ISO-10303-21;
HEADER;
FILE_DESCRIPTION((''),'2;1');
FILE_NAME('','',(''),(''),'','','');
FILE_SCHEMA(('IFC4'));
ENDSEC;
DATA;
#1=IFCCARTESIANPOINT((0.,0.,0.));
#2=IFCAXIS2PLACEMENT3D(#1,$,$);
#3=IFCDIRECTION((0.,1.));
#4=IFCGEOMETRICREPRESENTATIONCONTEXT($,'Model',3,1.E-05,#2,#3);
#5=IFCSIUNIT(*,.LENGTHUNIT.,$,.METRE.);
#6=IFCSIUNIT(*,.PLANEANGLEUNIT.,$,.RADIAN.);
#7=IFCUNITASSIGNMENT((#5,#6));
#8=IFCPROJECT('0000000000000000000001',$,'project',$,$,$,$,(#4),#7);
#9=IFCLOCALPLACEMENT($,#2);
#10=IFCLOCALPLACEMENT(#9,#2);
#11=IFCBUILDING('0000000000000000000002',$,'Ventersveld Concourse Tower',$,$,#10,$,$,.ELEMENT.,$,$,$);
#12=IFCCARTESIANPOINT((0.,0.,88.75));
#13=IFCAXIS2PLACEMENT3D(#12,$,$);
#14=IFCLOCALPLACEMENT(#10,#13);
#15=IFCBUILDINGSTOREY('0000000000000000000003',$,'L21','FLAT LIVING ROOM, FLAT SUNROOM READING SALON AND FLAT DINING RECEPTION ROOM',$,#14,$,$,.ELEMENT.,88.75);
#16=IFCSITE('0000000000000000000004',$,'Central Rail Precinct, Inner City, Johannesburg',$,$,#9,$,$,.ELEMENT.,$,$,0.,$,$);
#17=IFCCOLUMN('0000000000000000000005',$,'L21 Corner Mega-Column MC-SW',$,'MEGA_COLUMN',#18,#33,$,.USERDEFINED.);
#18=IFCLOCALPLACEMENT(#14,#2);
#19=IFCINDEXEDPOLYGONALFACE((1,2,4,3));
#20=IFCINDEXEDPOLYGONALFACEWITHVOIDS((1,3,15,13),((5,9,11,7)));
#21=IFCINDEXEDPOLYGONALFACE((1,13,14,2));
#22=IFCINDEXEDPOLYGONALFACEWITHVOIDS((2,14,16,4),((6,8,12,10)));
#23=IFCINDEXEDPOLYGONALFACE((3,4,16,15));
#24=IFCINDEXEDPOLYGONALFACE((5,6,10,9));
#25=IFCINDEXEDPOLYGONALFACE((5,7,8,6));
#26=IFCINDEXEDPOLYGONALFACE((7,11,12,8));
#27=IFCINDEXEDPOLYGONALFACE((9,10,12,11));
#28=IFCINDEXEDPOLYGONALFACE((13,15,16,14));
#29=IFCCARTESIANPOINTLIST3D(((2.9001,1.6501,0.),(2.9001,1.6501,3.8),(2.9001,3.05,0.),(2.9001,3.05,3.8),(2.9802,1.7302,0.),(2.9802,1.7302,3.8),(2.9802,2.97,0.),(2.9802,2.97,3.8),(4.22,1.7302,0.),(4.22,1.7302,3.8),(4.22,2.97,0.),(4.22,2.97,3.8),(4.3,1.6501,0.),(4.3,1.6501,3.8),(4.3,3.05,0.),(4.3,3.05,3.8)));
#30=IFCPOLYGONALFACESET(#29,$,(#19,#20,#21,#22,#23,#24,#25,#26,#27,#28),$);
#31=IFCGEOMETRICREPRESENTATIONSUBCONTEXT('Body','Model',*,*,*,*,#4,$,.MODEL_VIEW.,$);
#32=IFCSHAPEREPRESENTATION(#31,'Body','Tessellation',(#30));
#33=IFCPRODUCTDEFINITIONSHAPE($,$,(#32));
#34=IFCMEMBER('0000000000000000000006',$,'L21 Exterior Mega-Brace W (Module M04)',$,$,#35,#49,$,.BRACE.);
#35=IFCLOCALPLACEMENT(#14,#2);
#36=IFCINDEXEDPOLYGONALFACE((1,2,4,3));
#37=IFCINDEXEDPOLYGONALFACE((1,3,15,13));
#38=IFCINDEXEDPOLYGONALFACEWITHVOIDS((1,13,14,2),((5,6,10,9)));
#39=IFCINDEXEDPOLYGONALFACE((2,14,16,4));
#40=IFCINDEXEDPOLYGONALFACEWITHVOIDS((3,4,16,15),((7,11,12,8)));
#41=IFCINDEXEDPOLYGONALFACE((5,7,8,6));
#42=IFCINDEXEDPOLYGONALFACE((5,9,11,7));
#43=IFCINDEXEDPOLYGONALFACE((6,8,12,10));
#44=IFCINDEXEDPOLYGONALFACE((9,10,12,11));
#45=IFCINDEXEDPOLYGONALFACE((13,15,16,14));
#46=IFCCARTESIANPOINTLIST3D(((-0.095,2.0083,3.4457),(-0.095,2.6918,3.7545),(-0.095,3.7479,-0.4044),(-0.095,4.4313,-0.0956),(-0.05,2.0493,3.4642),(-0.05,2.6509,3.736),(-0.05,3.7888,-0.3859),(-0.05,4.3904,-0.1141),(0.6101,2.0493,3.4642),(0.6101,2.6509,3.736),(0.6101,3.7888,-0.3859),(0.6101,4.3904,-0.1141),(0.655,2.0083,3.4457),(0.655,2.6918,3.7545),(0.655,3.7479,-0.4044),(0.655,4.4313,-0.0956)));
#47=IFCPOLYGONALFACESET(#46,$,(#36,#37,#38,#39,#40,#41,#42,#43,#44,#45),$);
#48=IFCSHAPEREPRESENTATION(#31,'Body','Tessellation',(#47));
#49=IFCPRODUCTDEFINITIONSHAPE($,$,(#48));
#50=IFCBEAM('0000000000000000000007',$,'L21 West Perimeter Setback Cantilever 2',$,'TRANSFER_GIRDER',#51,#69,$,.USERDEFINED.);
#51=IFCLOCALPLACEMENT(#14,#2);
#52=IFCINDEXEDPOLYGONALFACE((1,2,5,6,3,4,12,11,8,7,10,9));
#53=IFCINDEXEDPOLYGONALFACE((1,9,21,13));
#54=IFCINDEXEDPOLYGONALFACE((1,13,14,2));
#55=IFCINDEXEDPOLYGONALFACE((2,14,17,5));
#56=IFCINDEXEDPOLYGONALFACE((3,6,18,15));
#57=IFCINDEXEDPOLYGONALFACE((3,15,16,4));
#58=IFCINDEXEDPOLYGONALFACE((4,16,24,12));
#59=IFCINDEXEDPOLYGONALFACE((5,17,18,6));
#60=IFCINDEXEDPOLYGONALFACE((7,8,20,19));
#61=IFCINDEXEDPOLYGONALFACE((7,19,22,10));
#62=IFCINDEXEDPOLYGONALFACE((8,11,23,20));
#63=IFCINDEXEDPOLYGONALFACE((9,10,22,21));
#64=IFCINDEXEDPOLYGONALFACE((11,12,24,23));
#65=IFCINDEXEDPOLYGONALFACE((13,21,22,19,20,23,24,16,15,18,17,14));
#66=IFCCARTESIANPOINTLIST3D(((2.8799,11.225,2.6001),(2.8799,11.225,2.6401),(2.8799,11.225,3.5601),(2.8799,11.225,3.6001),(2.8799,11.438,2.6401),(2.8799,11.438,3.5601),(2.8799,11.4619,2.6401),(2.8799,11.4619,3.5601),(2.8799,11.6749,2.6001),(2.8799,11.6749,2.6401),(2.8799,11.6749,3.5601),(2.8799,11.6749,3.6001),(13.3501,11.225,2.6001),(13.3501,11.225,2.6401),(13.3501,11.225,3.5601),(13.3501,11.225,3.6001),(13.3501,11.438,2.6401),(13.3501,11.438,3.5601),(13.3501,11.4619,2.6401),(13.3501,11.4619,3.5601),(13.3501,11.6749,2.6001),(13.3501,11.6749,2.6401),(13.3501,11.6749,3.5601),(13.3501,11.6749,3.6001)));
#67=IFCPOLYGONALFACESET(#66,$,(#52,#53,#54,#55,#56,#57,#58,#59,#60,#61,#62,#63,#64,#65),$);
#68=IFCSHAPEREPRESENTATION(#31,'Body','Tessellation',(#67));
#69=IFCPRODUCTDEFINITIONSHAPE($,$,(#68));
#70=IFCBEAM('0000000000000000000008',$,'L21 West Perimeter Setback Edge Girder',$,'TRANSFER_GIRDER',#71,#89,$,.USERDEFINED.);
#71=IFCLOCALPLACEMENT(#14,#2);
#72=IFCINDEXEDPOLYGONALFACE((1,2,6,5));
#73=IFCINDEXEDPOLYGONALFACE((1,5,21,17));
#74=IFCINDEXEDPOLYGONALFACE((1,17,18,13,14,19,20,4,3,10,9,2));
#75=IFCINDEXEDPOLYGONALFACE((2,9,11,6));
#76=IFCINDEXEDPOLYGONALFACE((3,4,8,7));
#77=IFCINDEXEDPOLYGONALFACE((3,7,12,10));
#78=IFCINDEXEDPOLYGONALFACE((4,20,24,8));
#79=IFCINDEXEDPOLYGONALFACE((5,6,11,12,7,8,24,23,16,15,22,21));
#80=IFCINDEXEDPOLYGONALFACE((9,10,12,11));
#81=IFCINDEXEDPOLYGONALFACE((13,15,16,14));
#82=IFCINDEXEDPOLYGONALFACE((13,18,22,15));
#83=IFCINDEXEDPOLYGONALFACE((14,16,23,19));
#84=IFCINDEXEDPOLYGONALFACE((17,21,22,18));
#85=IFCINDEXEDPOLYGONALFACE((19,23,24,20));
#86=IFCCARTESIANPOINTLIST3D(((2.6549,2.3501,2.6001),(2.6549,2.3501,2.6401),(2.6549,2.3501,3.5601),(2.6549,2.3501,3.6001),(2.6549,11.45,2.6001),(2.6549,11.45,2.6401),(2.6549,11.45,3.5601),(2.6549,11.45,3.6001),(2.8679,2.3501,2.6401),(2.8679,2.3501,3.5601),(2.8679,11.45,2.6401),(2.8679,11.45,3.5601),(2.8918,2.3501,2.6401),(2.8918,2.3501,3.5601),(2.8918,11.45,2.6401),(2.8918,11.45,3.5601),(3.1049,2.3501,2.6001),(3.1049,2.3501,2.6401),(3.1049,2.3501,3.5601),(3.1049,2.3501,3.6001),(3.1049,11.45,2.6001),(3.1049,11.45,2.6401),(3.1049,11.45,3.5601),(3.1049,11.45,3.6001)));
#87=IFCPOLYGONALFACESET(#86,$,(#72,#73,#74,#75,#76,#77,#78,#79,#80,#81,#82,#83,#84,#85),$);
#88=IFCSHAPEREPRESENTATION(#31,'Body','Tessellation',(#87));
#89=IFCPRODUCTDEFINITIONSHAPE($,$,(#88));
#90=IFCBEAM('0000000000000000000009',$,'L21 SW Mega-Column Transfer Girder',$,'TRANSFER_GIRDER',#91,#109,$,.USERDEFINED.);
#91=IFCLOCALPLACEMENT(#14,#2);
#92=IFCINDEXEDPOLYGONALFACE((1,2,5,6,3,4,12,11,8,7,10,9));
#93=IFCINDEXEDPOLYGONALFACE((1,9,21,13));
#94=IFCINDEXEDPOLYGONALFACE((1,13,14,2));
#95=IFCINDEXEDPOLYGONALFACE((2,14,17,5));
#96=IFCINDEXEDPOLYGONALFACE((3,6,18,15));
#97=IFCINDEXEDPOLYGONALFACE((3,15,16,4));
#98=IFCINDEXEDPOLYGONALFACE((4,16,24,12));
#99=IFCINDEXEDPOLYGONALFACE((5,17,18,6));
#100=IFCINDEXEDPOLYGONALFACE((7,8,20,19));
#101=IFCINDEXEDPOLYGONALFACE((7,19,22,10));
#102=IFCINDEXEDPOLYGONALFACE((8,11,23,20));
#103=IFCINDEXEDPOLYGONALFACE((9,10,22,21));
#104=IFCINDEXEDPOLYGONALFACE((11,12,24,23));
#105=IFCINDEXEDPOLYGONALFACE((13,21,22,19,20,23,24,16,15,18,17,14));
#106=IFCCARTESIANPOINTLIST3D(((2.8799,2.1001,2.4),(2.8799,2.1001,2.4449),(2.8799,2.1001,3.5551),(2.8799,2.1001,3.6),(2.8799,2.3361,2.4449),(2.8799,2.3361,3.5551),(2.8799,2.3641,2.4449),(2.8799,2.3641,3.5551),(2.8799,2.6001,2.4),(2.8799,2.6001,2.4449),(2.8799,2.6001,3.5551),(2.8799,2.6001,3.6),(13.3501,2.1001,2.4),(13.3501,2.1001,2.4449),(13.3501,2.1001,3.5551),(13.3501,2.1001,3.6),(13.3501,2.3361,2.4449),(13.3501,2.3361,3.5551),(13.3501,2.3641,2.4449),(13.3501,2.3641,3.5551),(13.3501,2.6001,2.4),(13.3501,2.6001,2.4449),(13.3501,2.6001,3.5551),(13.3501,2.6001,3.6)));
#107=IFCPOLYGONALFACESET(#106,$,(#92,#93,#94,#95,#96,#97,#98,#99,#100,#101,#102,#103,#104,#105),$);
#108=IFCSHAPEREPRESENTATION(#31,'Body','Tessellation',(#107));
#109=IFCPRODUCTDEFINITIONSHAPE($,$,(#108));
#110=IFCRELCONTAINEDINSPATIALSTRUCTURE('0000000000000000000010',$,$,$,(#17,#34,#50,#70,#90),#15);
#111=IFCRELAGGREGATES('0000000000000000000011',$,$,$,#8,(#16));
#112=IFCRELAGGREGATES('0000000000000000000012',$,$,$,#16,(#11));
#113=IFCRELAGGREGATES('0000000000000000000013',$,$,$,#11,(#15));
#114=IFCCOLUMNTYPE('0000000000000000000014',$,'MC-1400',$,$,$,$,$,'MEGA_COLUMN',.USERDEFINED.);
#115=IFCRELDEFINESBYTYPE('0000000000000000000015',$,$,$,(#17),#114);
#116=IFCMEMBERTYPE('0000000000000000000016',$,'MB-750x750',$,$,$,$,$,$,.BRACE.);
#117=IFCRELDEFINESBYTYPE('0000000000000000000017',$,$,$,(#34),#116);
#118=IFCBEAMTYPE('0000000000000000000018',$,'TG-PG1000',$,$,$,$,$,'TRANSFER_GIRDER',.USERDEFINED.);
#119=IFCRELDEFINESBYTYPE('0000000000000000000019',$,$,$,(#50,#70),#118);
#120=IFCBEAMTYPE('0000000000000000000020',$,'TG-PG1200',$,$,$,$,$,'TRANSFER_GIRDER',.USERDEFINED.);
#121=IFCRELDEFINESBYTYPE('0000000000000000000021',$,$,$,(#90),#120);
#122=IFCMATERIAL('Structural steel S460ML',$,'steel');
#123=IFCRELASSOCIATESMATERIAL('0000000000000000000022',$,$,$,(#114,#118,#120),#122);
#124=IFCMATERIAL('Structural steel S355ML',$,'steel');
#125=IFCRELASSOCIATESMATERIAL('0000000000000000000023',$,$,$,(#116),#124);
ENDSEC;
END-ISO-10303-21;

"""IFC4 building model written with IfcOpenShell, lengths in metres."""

from ifc_helpers import new_model, si_unit, direction, frame, origin, origin_2d, place, context, subcontext, project, spatial, hollow_rectangle, i_section, extrude, material, material_profile, profile_set, type_object, element, save


model = new_model("IFC4")

# Units and contexts
model_context = context("Model", 3, precision=1e-05, world=origin(), true_north=direction((0.0, 1.0)))
body_context = subcontext(model_context, "Body", "Model", "MODEL_VIEW")
ifc_project = project(units=[si_unit("LENGTHUNIT", "METRE"), si_unit("PLANEANGLEUNIT", "RADIAN")], contexts=[model_context])

# Site, building, storey
site_placement = place(None, origin())
site = spatial("IfcSite", under=ifc_project, at=site_placement, Name="Central Rail Precinct, Inner City, Johannesburg", CompositionType="ELEMENT", RefElevation=0.0)
building_placement = place(site_placement, origin())
building = spatial("IfcBuilding", under=site, at=building_placement, Name="Ventersveld Concourse Tower", CompositionType="ELEMENT")
storey_placement = place(building_placement, frame((0.0, 0.0, 88.75)))
storey = spatial("IfcBuildingStorey", under=building, at=storey_placement, Name="L21", Description="FLAT LIVING ROOM, FLAT SUNROOM READING SALON AND FLAT DINING RECEPTION ROOM", CompositionType="ELEMENT", Elevation=88.75)

# Column
ifc_material_1 = material(Name="Structural steel S460ML", Category="steel")
ifc_material_profile_1 = material_profile(ifc_material_1, hollow_rectangle(XDim=1.3999, YDim=1.3999, WallThickness=0.0801, at=origin_2d()), Name="BOX 1400x1400x80")
ifc_profile_set_1 = profile_set([ifc_material_profile_1], Name="Structural steel S460ML")
column_type = type_object("IfcColumnType", Name="MC-1400", ElementType="MEGA_COLUMN", PredefinedType="USERDEFINED", material=ifc_profile_set_1)
column_placement = place(storey_placement, frame((3.6001, 2.3501, 0.0), z_axis=(0.0, 0.0, 1.0), x_axis=(1.0, 0.0, 0.0)))
element("IfcColumn", 1, at=column_placement, inside=storey, type_object=column_type, Name="L21 Corner Mega-Column MC-SW", ObjectType="MEGA_COLUMN", PredefinedType="USERDEFINED", context=body_context, shape_type="SweptSolid", body=[
    extrude(hollow_rectangle(XDim=1.3999, YDim=1.3999, WallThickness=0.0801, at=origin_2d()), origin(), (0.0, 0.0, 1.0), 3.8),
])

# Member
ifc_material_2 = material(Name="Structural steel S355ML", Category="steel")
ifc_material_profile_2 = material_profile(ifc_material_2, hollow_rectangle(XDim=0.75, YDim=0.75, WallThickness=0.0449, at=origin_2d()), Name="BOX 750x750x45")
ifc_profile_set_2 = profile_set([ifc_material_profile_2], Name="Structural steel S355ML")
member_type = type_object("IfcMemberType", Name="MB-750x750", PredefinedType="BRACE", material=ifc_profile_set_2)
member_placement = place(storey_placement, frame((0.28, 4.0896, -0.25), z_axis=(0.0, -0.411734, 0.911304), x_axis=(1.0, 0.0, 0.0)))
element("IfcMember", 2, at=member_placement, inside=storey, type_object=member_type, Name="L21 Exterior Mega-Brace W (Module M04)", PredefinedType="BRACE", context=body_context, shape_type="SweptSolid", body=[
    extrude(hollow_rectangle(XDim=0.75, YDim=0.75, WallThickness=0.0449, at=origin_2d()), origin(), (0.0, 0.0, 1.0), 4.2249),
])

# Beams
ifc_material_profile_3 = material_profile(ifc_material_1, i_section(OverallWidth=0.45, OverallDepth=1.0, WebThickness=0.0239, FlangeThickness=0.04, at=origin_2d()), Name="PG 1000x450x40")
ifc_profile_set_3 = profile_set([ifc_material_profile_3], Name="Structural steel S460ML")
beam_type_1 = type_object("IfcBeamType", Name="TG-PG1000", ElementType="TRANSFER_GIRDER", PredefinedType="USERDEFINED", material=ifc_profile_set_3)
beam_1_placement = place(storey_placement, frame((2.8799, 11.45, 3.1001), z_axis=(1.0, 0.0, 0.0), x_axis=(0.0, 1.0, 0.0)))
element("IfcBeam", 3, at=beam_1_placement, inside=storey, type_object=beam_type_1, Name="L21 West Perimeter Setback Cantilever 2", ObjectType="TRANSFER_GIRDER", PredefinedType="USERDEFINED", context=body_context, shape_type="SweptSolid", body=[
    extrude(i_section(OverallWidth=0.45, OverallDepth=1.0, WebThickness=0.0239, FlangeThickness=0.04, at=origin_2d()), origin(), (0.0, 0.0, 1.0), 10.4702),
])
beam_2_placement = place(storey_placement, frame((2.8799, 2.3501, 3.1001), z_axis=(0.0, 1.0, 0.0), x_axis=(-1.0, 0.0, 0.0)))
element("IfcBeam", 4, at=beam_2_placement, inside=storey, type_object=beam_type_1, Name="L21 West Perimeter Setback Edge Girder", ObjectType="TRANSFER_GIRDER", PredefinedType="USERDEFINED", context=body_context, shape_type="SweptSolid", body=[
    extrude(i_section(OverallWidth=0.45, OverallDepth=1.0, WebThickness=0.0239, FlangeThickness=0.04, at=origin_2d()), origin(), (0.0, 0.0, 1.0), 9.0999),
])
ifc_material_profile_4 = material_profile(ifc_material_1, i_section(OverallWidth=0.5, OverallDepth=1.2, WebThickness=0.0281, FlangeThickness=0.0449, at=origin_2d()), Name="PG 1200x500x45")
ifc_profile_set_4 = profile_set([ifc_material_profile_4], Name="Structural steel S460ML")
beam_type_2 = type_object("IfcBeamType", Name="TG-PG1200", ElementType="TRANSFER_GIRDER", PredefinedType="USERDEFINED", material=ifc_profile_set_4)
beam_3_placement = place(storey_placement, frame((2.8799, 2.3501, 3.0), z_axis=(1.0, 0.0, 0.0), x_axis=(0.0, 1.0, 0.0)))
element("IfcBeam", 5, at=beam_3_placement, inside=storey, type_object=beam_type_2, Name="L21 SW Mega-Column Transfer Girder", ObjectType="TRANSFER_GIRDER", PredefinedType="USERDEFINED", context=body_context, shape_type="SweptSolid", body=[
    extrude(i_section(OverallWidth=0.5, OverallDepth=1.2, WebThickness=0.0281, FlangeThickness=0.0449, at=origin_2d()), origin(), (0.0, 0.0, 1.0), 10.4702),
])

save(model, "model.ifc")
